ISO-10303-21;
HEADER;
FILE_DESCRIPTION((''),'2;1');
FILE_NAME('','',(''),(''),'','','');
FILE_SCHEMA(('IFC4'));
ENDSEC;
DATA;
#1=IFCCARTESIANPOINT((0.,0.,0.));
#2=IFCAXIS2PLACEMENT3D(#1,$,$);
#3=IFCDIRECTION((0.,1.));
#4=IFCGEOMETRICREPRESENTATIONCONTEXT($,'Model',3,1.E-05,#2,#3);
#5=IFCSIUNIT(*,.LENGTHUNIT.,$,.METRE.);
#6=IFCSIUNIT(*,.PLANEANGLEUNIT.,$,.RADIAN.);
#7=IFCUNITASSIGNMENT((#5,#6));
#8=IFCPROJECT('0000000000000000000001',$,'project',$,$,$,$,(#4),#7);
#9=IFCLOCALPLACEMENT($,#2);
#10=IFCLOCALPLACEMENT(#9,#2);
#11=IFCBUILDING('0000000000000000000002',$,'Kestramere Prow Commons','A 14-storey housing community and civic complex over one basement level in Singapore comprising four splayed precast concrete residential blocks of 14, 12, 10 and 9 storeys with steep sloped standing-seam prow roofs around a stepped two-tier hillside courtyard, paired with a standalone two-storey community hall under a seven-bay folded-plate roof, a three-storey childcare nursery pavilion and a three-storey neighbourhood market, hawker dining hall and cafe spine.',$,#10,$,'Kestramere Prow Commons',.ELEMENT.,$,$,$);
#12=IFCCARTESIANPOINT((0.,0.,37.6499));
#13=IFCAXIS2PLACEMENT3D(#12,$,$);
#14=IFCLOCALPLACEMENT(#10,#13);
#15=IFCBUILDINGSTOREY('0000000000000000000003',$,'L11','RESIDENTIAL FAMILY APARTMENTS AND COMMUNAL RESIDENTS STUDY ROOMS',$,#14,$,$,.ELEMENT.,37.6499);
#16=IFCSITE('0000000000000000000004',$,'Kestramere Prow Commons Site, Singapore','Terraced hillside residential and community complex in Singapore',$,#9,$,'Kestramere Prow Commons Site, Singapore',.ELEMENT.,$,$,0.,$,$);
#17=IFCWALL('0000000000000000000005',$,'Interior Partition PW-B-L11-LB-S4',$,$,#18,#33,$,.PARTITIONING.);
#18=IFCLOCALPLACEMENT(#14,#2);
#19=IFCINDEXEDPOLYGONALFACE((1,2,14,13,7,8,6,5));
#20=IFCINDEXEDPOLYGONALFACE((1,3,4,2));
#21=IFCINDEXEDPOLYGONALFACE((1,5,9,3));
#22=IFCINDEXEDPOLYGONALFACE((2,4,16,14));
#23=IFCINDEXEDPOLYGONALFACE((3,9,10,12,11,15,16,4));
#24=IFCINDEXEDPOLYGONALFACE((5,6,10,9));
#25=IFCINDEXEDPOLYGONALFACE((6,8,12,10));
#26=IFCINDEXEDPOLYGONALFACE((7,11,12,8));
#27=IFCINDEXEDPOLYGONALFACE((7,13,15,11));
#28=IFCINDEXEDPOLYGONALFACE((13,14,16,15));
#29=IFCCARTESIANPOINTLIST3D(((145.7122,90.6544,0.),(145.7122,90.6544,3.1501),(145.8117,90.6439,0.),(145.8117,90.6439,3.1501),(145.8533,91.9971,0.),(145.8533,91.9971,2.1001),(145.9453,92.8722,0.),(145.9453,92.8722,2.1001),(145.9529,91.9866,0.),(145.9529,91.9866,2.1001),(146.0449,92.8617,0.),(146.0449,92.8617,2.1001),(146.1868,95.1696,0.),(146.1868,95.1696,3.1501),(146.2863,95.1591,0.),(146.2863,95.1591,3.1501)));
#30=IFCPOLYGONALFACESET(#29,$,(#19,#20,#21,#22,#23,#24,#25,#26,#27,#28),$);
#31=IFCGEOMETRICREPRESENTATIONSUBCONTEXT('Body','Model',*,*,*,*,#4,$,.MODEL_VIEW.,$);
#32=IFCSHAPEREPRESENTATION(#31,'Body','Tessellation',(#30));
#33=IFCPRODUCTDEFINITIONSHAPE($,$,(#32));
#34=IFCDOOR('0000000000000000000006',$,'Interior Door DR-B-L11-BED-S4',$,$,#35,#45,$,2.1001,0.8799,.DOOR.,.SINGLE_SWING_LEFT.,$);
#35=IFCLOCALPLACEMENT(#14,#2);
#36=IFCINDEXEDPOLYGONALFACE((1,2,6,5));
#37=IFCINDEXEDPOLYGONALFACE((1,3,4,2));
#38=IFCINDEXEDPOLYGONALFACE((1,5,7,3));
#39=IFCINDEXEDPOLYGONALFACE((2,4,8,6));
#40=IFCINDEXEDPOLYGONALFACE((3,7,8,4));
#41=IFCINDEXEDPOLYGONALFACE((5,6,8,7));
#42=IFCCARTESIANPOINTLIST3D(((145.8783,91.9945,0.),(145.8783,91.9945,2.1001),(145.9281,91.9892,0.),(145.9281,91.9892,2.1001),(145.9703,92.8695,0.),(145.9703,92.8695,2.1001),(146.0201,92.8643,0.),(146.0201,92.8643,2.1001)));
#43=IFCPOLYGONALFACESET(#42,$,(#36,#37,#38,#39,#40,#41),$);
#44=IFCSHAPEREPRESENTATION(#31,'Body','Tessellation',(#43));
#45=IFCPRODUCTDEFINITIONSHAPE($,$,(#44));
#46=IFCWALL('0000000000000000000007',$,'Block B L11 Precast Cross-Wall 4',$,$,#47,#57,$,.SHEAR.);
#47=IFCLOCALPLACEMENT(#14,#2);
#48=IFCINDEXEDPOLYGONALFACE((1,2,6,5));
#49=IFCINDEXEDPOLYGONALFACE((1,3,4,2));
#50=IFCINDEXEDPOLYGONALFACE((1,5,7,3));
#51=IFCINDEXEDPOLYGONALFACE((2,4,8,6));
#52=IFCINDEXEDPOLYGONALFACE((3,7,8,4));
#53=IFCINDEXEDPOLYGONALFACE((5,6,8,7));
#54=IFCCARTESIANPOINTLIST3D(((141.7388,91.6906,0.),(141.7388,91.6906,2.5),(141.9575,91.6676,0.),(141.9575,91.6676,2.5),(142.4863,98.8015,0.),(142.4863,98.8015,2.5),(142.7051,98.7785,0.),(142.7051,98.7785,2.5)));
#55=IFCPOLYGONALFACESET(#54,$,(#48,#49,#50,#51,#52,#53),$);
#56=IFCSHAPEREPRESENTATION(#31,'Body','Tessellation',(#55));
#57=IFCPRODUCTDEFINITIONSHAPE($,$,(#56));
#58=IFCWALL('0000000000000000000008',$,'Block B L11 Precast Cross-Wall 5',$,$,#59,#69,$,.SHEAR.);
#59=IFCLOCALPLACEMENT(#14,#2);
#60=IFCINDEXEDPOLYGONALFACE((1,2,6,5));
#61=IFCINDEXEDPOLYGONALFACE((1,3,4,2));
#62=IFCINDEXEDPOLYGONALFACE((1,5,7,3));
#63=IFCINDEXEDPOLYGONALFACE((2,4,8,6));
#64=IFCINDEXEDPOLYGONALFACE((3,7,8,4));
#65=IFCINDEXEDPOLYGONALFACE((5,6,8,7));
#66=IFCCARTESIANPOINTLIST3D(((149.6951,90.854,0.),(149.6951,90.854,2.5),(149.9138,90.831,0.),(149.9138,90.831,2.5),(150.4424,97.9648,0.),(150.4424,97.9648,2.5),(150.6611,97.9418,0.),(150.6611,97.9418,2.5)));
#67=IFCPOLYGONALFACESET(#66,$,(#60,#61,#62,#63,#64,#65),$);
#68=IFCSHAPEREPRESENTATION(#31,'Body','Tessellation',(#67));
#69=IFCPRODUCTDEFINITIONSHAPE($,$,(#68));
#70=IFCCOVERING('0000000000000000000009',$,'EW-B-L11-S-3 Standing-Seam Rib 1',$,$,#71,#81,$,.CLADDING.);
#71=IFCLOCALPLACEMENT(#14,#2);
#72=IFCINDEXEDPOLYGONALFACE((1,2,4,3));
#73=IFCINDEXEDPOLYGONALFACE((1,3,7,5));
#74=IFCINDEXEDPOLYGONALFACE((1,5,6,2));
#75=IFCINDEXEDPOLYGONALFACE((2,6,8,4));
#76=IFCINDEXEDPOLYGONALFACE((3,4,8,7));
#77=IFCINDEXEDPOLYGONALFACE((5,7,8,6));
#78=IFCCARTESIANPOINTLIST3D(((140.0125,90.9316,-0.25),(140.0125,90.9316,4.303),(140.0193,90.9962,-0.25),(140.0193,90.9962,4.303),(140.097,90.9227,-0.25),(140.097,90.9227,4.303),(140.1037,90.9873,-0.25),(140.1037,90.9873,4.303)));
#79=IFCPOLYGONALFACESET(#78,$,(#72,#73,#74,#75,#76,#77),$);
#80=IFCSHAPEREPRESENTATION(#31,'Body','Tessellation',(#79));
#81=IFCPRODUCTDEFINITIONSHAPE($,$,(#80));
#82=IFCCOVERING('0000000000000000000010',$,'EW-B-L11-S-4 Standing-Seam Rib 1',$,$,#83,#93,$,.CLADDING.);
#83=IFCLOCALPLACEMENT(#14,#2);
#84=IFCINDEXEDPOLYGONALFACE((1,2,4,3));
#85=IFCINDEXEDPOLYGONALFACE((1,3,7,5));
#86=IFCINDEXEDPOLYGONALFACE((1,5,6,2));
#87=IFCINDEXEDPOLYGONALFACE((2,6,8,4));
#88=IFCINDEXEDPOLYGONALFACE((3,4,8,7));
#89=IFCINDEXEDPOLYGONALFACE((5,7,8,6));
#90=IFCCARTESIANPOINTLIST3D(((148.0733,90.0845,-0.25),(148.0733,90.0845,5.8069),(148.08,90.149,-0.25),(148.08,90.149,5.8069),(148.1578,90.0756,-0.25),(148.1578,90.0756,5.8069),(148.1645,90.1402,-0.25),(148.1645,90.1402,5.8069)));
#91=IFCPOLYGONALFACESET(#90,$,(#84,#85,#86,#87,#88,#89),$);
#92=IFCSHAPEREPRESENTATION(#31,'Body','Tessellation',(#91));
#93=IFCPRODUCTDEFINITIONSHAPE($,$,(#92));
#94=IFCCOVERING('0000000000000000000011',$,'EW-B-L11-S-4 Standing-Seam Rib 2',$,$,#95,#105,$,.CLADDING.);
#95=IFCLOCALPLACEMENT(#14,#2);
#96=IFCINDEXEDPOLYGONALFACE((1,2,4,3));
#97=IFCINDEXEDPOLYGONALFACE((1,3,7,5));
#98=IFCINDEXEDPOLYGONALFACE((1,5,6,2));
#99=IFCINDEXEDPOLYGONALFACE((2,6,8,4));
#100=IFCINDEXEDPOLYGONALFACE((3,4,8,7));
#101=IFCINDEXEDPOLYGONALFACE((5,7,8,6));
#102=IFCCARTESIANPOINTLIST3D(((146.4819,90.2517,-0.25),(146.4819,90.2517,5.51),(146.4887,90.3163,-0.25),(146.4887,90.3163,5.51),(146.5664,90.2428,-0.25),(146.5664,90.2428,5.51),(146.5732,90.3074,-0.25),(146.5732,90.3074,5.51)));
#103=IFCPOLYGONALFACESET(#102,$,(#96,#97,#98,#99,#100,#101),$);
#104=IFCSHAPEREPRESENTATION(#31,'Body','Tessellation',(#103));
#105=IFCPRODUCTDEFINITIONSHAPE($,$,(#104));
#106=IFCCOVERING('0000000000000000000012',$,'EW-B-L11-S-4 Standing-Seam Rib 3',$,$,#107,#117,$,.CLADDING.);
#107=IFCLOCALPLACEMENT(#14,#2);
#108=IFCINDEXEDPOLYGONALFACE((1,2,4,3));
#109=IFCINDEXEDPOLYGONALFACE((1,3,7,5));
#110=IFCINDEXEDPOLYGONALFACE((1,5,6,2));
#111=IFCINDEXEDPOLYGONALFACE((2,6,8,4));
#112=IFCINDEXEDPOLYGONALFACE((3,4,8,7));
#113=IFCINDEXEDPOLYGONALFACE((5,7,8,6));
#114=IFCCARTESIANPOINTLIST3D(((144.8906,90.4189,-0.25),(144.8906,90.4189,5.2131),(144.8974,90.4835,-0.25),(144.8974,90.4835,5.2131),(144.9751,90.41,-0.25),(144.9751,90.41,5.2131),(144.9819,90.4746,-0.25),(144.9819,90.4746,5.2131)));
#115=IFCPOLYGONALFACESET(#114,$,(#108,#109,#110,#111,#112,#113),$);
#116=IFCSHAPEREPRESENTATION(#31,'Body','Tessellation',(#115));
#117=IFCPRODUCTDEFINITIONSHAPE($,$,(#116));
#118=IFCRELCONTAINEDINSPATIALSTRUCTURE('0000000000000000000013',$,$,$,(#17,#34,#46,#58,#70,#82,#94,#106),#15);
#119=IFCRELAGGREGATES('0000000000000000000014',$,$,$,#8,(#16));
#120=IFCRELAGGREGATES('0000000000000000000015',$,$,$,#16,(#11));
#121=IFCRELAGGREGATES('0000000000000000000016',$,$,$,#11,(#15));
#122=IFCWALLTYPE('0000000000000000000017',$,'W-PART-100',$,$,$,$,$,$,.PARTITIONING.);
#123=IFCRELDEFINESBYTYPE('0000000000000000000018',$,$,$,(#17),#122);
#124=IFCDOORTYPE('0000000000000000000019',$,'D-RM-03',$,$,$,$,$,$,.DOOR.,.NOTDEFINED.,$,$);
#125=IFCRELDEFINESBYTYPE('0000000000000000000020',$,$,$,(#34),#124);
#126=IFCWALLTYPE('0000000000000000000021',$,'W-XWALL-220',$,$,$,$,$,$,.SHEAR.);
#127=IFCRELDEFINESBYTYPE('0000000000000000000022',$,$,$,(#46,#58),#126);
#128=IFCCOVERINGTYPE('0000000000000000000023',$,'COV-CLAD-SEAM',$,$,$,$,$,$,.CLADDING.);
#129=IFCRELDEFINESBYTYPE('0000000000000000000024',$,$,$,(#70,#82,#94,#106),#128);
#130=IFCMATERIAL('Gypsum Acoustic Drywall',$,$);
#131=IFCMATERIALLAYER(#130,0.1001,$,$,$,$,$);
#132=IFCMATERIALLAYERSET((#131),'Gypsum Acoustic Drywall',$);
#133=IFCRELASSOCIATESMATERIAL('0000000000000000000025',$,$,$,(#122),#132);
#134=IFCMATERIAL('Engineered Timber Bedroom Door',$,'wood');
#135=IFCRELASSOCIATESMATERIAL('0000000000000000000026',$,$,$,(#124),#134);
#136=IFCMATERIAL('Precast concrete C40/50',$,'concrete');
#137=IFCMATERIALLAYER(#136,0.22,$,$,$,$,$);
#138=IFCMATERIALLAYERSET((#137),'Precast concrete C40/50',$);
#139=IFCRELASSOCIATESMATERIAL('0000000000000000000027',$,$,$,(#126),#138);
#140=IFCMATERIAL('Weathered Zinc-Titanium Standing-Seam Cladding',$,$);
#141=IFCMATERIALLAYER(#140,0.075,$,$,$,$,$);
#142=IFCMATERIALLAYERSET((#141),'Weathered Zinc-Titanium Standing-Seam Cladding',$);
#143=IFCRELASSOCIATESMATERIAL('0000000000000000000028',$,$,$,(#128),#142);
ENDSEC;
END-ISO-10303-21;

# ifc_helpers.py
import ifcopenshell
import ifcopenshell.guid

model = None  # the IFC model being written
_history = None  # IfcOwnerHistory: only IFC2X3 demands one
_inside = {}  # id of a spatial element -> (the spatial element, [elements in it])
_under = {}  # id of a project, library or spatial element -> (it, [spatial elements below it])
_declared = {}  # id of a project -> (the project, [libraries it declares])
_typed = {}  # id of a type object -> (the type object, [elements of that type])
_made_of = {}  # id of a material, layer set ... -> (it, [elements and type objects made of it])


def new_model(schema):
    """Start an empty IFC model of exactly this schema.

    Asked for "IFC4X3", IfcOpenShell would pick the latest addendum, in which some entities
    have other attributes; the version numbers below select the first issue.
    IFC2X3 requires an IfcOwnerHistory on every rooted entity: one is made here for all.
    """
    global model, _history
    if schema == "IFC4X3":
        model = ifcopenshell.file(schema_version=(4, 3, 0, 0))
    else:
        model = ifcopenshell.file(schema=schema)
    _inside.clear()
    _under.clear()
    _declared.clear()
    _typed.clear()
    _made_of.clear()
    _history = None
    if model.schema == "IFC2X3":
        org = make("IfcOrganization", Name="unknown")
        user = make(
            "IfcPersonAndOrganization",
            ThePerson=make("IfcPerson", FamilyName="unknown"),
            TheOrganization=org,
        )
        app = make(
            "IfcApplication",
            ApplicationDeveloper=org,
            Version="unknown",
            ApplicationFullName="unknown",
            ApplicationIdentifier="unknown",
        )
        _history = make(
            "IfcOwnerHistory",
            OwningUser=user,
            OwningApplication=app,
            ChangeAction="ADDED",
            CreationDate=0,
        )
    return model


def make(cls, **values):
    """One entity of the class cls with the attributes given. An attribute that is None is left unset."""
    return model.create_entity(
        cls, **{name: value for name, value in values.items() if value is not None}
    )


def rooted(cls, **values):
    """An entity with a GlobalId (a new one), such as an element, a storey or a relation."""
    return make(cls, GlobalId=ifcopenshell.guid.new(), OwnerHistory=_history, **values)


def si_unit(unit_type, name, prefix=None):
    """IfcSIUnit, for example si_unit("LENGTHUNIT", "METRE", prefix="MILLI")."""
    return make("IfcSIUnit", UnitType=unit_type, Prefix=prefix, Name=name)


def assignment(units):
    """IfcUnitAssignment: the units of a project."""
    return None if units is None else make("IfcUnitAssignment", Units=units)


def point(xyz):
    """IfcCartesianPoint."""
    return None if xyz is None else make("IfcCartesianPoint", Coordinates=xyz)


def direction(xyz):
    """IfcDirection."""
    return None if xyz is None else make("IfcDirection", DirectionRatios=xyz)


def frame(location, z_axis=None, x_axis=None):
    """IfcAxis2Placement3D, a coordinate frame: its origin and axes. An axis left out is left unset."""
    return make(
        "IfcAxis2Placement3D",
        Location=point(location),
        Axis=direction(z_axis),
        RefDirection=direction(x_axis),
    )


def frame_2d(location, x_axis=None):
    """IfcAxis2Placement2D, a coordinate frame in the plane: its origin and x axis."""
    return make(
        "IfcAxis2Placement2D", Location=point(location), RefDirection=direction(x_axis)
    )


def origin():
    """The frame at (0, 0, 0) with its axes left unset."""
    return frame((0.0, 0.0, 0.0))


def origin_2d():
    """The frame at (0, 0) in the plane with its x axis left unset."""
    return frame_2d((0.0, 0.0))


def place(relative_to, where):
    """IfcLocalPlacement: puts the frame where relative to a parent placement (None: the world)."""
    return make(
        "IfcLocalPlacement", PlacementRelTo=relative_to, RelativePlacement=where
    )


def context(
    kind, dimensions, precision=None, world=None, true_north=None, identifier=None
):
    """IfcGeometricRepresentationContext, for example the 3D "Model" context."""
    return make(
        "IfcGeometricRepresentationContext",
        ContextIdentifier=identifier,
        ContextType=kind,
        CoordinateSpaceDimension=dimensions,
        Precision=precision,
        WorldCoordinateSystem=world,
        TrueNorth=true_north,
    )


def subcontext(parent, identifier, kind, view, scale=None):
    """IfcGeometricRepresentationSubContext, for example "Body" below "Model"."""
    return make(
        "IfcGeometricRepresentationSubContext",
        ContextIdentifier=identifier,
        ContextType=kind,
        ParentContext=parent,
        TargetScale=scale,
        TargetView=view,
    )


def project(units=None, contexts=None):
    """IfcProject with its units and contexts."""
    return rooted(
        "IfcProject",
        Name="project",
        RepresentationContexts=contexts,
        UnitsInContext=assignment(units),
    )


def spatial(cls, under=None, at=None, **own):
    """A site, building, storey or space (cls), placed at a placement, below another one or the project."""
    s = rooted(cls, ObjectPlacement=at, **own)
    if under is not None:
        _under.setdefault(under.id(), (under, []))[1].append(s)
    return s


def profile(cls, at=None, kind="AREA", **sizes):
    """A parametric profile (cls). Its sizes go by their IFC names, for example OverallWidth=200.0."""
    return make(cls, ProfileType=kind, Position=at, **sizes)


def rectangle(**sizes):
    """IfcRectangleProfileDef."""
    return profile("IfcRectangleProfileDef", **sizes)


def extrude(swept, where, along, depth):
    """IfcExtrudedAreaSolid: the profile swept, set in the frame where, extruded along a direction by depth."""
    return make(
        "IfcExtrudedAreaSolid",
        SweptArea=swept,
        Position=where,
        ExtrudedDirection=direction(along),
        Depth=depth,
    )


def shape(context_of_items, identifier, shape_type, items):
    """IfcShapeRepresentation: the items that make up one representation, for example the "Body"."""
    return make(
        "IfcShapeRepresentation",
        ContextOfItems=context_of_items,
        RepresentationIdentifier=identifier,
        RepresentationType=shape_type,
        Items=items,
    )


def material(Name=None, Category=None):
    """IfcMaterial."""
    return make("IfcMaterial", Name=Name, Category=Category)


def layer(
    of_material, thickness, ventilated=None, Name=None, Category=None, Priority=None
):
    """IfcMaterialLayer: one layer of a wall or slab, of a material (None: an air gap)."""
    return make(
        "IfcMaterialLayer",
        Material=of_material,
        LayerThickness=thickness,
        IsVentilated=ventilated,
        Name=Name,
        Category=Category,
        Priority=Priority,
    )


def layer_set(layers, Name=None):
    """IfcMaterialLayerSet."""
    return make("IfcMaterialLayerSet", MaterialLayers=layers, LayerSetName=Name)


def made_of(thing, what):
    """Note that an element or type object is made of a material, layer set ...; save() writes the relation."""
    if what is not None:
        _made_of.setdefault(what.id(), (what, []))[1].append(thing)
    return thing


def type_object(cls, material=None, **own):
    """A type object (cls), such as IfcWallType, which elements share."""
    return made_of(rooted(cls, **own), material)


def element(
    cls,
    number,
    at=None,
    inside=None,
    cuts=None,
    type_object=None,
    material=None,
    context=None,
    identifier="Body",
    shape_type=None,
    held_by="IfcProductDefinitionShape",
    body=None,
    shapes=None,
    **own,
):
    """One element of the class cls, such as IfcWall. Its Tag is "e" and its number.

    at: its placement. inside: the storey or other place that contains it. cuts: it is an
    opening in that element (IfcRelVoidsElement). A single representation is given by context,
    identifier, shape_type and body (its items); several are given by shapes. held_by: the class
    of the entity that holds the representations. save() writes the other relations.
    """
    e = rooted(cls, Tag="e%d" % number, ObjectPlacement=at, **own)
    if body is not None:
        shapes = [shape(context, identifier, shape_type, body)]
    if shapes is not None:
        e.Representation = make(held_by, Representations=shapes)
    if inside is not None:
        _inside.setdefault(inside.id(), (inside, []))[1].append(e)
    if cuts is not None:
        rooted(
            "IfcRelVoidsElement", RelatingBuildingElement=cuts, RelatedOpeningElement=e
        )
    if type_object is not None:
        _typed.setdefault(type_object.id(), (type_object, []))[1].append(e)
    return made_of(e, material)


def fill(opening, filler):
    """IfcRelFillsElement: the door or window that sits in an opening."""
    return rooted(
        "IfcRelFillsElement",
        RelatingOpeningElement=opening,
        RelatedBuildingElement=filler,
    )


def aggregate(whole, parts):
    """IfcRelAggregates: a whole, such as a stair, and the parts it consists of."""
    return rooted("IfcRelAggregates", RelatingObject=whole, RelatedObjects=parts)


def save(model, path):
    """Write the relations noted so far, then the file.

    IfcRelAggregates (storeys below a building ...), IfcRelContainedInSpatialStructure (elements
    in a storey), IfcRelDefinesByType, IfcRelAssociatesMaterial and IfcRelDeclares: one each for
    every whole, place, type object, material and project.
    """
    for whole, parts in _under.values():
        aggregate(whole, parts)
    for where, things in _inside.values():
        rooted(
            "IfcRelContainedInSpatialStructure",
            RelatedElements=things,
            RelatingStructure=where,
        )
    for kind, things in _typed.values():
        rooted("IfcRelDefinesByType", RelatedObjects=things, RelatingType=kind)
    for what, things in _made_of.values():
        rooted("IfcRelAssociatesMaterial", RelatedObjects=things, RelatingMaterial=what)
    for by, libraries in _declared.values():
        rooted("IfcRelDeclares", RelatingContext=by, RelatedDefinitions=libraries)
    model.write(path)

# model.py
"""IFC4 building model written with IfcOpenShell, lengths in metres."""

from ifc_helpers import new_model, si_unit, direction, frame, frame_2d, origin, origin_2d, place, context, subcontext, project, spatial, rectangle, extrude, material, layer, layer_set, type_object, element, fill, save


model = new_model("IFC4")

# Units and contexts
model_context = context("Model", 3, precision=1e-05, world=origin(), true_north=direction((0.0, 1.0)))
body_context = subcontext(model_context, "Body", "Model", "MODEL_VIEW")
ifc_project = project(units=[si_unit("LENGTHUNIT", "METRE"), si_unit("PLANEANGLEUNIT", "RADIAN")], contexts=[model_context])

# Site, building, storey
site_placement = place(None, origin())
site = spatial("IfcSite", under=ifc_project, at=site_placement, Name="Kestramere Prow Commons Site, Singapore", Description="Terraced hillside residential and community complex in Singapore", LongName="Kestramere Prow Commons Site, Singapore", CompositionType="ELEMENT", RefElevation=0.0)
building_placement = place(site_placement, origin())
building = spatial("IfcBuilding", under=site, at=building_placement, Name="Kestramere Prow Commons", Description="A 14-storey housing community and civic complex over one basement level in Singapore comprising four splayed precast concrete residential blocks of 14, 12, 10 and 9 storeys with steep sloped standing-seam prow roofs around a stepped two-tier hillside courtyard, paired with a standalone two-storey community hall under a seven-bay folded-plate roof, a three-storey childcare nursery pavilion and a three-storey neighbourhood market, hawker dining hall and cafe spine.", LongName="Kestramere Prow Commons", CompositionType="ELEMENT")
storey_placement = place(building_placement, frame((0.0, 0.0, 37.6499)))
storey = spatial("IfcBuildingStorey", under=building, at=storey_placement, Name="L11", Description="RESIDENTIAL FAMILY APARTMENTS AND COMMUNAL RESIDENTS STUDY ROOMS", CompositionType="ELEMENT", Elevation=37.6499)

# Shared definitions
ifc_material_1 = material(Name="Precast concrete C40/50", Category="concrete")

# Wall, opening, door
ifc_material_2 = material(Name="Gypsum Acoustic Drywall")
ifc_layer_1 = layer(ifc_material_2, 0.1001)
ifc_layer_set_1 = layer_set([ifc_layer_1], Name="Gypsum Acoustic Drywall")
wall_type_1 = type_object("IfcWallType", Name="W-PART-100", PredefinedType="PARTITIONING", material=ifc_layer_set_1)
wall_1_placement = place(storey_placement, frame((145.762, 90.6492, 0.0), z_axis=(0.0, 0.0, 1.0), x_axis=(0.104539, 0.994521, 0.0)))
wall_1 = element("IfcWall", 1, at=wall_1_placement, inside=storey, type_object=wall_type_1, Name="Interior Partition PW-B-L11-LB-S4", PredefinedType="PARTITIONING", context=body_context, shape_type="SweptSolid", body=[
    extrude(rectangle(XDim=4.54, YDim=0.1001, at=frame_2d((2.27, 0.0))), origin(), (0.0, 0.0, 1.0), 3.1501),
])
opening_1_placement = place(wall_1_placement, frame((1.3501, 0.0, 0.0)))
opening_1 = element("IfcOpeningElement", 2, at=opening_1_placement, cuts=wall_1, PredefinedType="OPENING", context=body_context, shape_type="SweptSolid", body=[
    extrude(rectangle(XDim=0.8799, YDim=2.1001, at=frame_2d((0.4399, 1.05))), frame((0.0, 0.0649, 0.0), z_axis=(0.0, -1.0, 0.0), x_axis=(1.0, 0.0, 0.0)), (0.0, 0.0, 1.0), 0.1301),
])
ifc_material_3 = material(Name="Engineered Timber Bedroom Door", Category="wood")
door_type_1 = type_object("IfcDoorType", Name="D-RM-03", OperationType="NOTDEFINED", PredefinedType="DOOR", material=ifc_material_3)
door_1_placement = place(opening_1_placement, origin())
door_1 = element("IfcDoor", 3, at=door_1_placement, inside=storey, type_object=door_type_1, Name="Interior Door DR-B-L11-BED-S4", OperationType="SINGLE_SWING_LEFT", OverallHeight=2.1001, OverallWidth=0.8799, PredefinedType="DOOR", context=body_context, shape_type="SweptSolid", body=[
    extrude(rectangle(XDim=0.8799, YDim=2.1001, at=frame_2d((0.4399, 1.05))), frame((0.0, 0.0249, 0.0), z_axis=(0.0, -1.0, 0.0), x_axis=(1.0, 0.0, 0.0)), (0.0, 0.0, 1.0), 0.05),
])
fill(opening_1, door_1)

# Walls
ifc_layer_2 = layer(ifc_material_1, 0.22)
ifc_layer_set_2 = layer_set([ifc_layer_2], Name="Precast concrete C40/50")
wall_type_2 = type_object("IfcWallType", Name="W-XWALL-220", PredefinedType="SHEAR", material=ifc_layer_set_2)
wall_2_placement = place(storey_placement, frame((141.8481, 91.679, 0.0), z_axis=(0.0, 0.0, 1.0), x_axis=(0.104553, 0.994519, 0.0)))
element("IfcWall", 4, at=wall_2_placement, inside=storey, type_object=wall_type_2, Name="Block B L11 Precast Cross-Wall 4", PredefinedType="SHEAR", context=body_context, shape_type="SweptSolid", body=[
    extrude(rectangle(XDim=7.1501, YDim=0.22, at=frame_2d((3.5752, 0.0))), origin(), (0.0, 0.0, 1.0), 2.5),
])
wall_3_placement = place(storey_placement, frame((149.8044, 90.8425, 0.0), z_axis=(0.0, 0.0, 1.0), x_axis=(0.104519, 0.994523, 0.0)))
element("IfcWall", 5, at=wall_3_placement, inside=storey, type_object=wall_type_2, Name="Block B L11 Precast Cross-Wall 5", PredefinedType="SHEAR", context=body_context, shape_type="SweptSolid", body=[
    extrude(rectangle(XDim=7.1499, YDim=0.22, at=frame_2d((3.575, 0.0))), origin(), (0.0, 0.0, 1.0), 2.5),
])

# Coverings
ifc_material_4 = material(Name="Weathered Zinc-Titanium Standing-Seam Cladding")
ifc_layer_3 = layer(ifc_material_4, 0.075)
ifc_layer_set_3 = layer_set([ifc_layer_3], Name="Weathered Zinc-Titanium Standing-Seam Cladding")
covering_type = type_object("IfcCoveringType", Name="COV-CLAD-SEAM", PredefinedType="CLADDING", material=ifc_layer_set_3)
covering_1_placement = place(storey_placement, frame((140.0581, 90.9595, -0.25), z_axis=(0.0, 0.0, 1.0), x_axis=(-0.994522, 0.104528, 0.0)))
element("IfcCovering", 6, at=covering_1_placement, inside=storey, type_object=covering_type, Name="EW-B-L11-S-3 Standing-Seam Rib 1", PredefinedType="CLADDING", context=body_context, shape_type="SweptSolid", body=[
    extrude(rectangle(XDim=0.085, YDim=0.0649, at=origin_2d()), origin(), (0.0, 0.0, 1.0), 4.553),
])
covering_2_placement = place(storey_placement, frame((148.1189, 90.1123, -0.25), z_axis=(0.0, 0.0, 1.0), x_axis=(-0.994522, 0.104528, 0.0)))
element("IfcCovering", 7, at=covering_2_placement, inside=storey, type_object=covering_type, Name="EW-B-L11-S-4 Standing-Seam Rib 1", PredefinedType="CLADDING", context=body_context, shape_type="SweptSolid", body=[
    extrude(rectangle(XDim=0.085, YDim=0.0649, at=origin_2d()), origin(), (0.0, 0.0, 1.0), 6.0569),
])
covering_3_placement = place(storey_placement, frame((146.5276, 90.2795, -0.25), z_axis=(0.0, 0.0, 1.0), x_axis=(-0.994522, 0.104528, 0.0)))
element("IfcCovering", 8, at=covering_3_placement, inside=storey, type_object=covering_type, Name="EW-B-L11-S-4 Standing-Seam Rib 2", PredefinedType="CLADDING", context=body_context, shape_type="SweptSolid", body=[
    extrude(rectangle(XDim=0.085, YDim=0.0649, at=origin_2d()), origin(), (0.0, 0.0, 1.0), 5.76),
])
covering_4_placement = place(storey_placement, frame((144.9363, 90.4468, -0.25), z_axis=(0.0, 0.0, 1.0), x_axis=(-0.994522, 0.104528, 0.0)))
element("IfcCovering", 9, at=covering_4_placement, inside=storey, type_object=covering_type, Name="EW-B-L11-S-4 Standing-Seam Rib 3", PredefinedType="CLADDING", context=body_context, shape_type="SweptSolid", body=[
    extrude(rectangle(XDim=0.085, YDim=0.0649, at=origin_2d()), origin(), (0.0, 0.0, 1.0), 5.4631),
])

save(model, "model.ifc")
